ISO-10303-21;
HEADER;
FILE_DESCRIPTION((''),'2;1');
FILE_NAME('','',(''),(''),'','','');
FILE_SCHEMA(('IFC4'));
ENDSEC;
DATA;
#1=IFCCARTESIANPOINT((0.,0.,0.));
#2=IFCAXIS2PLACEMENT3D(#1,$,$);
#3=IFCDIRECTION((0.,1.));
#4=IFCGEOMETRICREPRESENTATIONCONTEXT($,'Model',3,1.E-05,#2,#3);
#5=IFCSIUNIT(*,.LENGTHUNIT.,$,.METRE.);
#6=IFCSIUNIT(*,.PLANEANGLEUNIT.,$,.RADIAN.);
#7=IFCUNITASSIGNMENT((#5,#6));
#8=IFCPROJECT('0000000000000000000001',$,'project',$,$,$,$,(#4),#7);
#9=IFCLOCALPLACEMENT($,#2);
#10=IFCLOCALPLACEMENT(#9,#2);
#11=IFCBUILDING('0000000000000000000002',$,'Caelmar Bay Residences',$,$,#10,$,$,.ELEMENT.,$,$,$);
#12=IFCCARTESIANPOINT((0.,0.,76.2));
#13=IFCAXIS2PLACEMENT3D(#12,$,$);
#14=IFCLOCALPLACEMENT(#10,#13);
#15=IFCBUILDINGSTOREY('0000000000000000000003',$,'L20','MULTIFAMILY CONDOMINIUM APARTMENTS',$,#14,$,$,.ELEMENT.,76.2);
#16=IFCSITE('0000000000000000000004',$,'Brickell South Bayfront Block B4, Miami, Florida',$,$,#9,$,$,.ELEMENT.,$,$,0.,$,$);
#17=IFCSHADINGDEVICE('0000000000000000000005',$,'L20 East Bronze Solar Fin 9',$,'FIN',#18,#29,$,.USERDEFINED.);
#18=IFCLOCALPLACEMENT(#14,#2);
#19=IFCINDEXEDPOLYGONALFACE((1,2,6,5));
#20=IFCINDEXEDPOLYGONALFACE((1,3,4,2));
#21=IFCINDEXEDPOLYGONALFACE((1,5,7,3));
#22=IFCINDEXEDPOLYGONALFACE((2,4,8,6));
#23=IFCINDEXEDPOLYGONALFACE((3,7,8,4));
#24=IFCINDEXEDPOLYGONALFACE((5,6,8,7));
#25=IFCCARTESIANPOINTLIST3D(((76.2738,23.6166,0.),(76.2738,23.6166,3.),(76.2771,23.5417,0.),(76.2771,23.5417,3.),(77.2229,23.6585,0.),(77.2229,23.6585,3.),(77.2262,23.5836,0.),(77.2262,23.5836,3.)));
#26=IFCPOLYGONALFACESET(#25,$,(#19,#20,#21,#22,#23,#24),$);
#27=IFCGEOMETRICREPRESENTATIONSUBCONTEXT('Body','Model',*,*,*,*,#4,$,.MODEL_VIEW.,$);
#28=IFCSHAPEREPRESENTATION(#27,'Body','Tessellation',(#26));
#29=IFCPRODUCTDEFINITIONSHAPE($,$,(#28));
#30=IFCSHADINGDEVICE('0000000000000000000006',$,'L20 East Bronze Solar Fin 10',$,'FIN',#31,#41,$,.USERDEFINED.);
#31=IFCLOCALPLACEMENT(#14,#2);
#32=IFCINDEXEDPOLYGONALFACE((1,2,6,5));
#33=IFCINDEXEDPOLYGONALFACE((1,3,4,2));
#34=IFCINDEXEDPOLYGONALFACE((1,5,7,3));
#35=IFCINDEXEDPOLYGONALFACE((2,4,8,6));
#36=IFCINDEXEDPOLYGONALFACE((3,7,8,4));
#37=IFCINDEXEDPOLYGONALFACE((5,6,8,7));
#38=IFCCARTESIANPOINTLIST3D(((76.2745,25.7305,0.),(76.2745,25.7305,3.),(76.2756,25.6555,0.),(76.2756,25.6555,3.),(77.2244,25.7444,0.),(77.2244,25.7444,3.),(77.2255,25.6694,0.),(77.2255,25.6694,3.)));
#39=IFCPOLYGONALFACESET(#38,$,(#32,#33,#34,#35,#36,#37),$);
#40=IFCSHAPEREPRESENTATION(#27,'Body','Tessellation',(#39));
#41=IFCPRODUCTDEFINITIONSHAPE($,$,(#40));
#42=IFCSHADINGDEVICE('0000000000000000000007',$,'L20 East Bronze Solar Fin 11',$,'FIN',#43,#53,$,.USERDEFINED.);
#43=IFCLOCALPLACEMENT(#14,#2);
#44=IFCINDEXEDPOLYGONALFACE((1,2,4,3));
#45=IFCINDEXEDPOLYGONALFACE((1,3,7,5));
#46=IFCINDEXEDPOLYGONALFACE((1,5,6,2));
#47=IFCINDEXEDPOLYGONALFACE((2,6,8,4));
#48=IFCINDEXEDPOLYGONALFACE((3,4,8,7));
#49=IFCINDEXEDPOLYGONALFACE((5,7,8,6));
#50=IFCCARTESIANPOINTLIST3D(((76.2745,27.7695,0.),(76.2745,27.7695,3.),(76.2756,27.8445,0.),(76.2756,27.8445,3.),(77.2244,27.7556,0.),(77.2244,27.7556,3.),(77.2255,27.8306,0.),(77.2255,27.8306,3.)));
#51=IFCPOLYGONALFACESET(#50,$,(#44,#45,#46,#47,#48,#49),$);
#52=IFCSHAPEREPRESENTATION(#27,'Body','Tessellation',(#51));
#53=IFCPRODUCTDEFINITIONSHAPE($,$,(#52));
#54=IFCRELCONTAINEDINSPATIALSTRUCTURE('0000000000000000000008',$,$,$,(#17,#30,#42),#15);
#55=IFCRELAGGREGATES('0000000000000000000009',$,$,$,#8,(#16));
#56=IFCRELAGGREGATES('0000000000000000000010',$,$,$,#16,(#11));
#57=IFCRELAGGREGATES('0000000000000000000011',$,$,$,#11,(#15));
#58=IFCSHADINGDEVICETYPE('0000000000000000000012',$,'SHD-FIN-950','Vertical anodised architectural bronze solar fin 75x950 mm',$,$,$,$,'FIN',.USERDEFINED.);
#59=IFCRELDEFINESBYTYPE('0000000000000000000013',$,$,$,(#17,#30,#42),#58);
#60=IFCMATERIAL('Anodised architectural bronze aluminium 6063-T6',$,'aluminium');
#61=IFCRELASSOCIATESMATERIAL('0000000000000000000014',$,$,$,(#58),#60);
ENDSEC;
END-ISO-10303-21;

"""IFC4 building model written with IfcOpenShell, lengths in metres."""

from ifc_helpers import new_model, si_unit, direction, frame, origin, origin_2d, place, context, subcontext, project, spatial, rectangle, extrude, material, material_profile, profile_set, type_object, element, save


model = new_model("IFC4")

# Units and contexts
model_context = context("Model", 3, precision=1e-05, world=origin(), true_north=direction((0.0, 1.0)))
body_context = subcontext(model_context, "Body", "Model", "MODEL_VIEW")
ifc_project = project(units=[si_unit("LENGTHUNIT", "METRE"), si_unit("PLANEANGLEUNIT", "RADIAN")], contexts=[model_context])

# Site, building, storey
site_placement = place(None, origin())
site = spatial("IfcSite", under=ifc_project, at=site_placement, Name="Brickell South Bayfront Block B4, Miami, Florida", CompositionType="ELEMENT", RefElevation=0.0)
building_placement = place(site_placement, origin())
building = spatial("IfcBuilding", under=site, at=building_placement, Name="Caelmar Bay Residences", CompositionType="ELEMENT")
storey_placement = place(building_placement, frame((0.0, 0.0, 76.2)))
storey = spatial("IfcBuildingStorey", under=building, at=storey_placement, Name="L20", Description="MULTIFAMILY CONDOMINIUM APARTMENTS", CompositionType="ELEMENT", Elevation=76.2)

# Shading devices
ifc_material_1 = material(Name="Anodised architectural bronze aluminium 6063-T6", Category="aluminium")
ifc_material_profile_1 = material_profile(ifc_material_1, rectangle(XDim=0.075, YDim=0.95, at=origin_2d()), Name="BRONZE-FIN-75X950")
ifc_profile_set_1 = profile_set([ifc_material_profile_1], Name="Anodised architectural bronze aluminium 6063-T6")
shading_device_type = type_object("IfcShadingDeviceType", Name="SHD-FIN-950", Description="Vertical anodised architectural bronze solar fin 75x950 mm", ElementType="FIN", PredefinedType="USERDEFINED", material=ifc_profile_set_1)
for number, where, z_axis, x_axis, name in (
    (1, (76.75, 23.6001, 0.0), (0.0, 0.0, 1.0), (-0.044142, 0.999025, 0.0), "L20 East Bronze Solar Fin 9"),
    (2, (76.75, 25.7, 0.0), (0.0, 0.0, 1.0), (-0.01466, 0.999893, 0.0), "L20 East Bronze Solar Fin 10"),
    (3, (76.75, 27.8, 0.0), (0.0, 0.0, 1.0), (0.01466, 0.999893, 0.0), "L20 East Bronze Solar Fin 11"),
):
    element("IfcShadingDevice", number, at=place(storey_placement, frame(where, z_axis=z_axis, x_axis=x_axis)), inside=storey, type_object=shading_device_type, Name=name, ObjectType="FIN", PredefinedType="USERDEFINED", context=body_context, shape_type="SweptSolid", body=[
        extrude(rectangle(XDim=0.075, YDim=0.95, at=origin_2d()), origin(), (0.0, 0.0, 1.0), 3.0),
    ])

save(model, "model.ifc")
